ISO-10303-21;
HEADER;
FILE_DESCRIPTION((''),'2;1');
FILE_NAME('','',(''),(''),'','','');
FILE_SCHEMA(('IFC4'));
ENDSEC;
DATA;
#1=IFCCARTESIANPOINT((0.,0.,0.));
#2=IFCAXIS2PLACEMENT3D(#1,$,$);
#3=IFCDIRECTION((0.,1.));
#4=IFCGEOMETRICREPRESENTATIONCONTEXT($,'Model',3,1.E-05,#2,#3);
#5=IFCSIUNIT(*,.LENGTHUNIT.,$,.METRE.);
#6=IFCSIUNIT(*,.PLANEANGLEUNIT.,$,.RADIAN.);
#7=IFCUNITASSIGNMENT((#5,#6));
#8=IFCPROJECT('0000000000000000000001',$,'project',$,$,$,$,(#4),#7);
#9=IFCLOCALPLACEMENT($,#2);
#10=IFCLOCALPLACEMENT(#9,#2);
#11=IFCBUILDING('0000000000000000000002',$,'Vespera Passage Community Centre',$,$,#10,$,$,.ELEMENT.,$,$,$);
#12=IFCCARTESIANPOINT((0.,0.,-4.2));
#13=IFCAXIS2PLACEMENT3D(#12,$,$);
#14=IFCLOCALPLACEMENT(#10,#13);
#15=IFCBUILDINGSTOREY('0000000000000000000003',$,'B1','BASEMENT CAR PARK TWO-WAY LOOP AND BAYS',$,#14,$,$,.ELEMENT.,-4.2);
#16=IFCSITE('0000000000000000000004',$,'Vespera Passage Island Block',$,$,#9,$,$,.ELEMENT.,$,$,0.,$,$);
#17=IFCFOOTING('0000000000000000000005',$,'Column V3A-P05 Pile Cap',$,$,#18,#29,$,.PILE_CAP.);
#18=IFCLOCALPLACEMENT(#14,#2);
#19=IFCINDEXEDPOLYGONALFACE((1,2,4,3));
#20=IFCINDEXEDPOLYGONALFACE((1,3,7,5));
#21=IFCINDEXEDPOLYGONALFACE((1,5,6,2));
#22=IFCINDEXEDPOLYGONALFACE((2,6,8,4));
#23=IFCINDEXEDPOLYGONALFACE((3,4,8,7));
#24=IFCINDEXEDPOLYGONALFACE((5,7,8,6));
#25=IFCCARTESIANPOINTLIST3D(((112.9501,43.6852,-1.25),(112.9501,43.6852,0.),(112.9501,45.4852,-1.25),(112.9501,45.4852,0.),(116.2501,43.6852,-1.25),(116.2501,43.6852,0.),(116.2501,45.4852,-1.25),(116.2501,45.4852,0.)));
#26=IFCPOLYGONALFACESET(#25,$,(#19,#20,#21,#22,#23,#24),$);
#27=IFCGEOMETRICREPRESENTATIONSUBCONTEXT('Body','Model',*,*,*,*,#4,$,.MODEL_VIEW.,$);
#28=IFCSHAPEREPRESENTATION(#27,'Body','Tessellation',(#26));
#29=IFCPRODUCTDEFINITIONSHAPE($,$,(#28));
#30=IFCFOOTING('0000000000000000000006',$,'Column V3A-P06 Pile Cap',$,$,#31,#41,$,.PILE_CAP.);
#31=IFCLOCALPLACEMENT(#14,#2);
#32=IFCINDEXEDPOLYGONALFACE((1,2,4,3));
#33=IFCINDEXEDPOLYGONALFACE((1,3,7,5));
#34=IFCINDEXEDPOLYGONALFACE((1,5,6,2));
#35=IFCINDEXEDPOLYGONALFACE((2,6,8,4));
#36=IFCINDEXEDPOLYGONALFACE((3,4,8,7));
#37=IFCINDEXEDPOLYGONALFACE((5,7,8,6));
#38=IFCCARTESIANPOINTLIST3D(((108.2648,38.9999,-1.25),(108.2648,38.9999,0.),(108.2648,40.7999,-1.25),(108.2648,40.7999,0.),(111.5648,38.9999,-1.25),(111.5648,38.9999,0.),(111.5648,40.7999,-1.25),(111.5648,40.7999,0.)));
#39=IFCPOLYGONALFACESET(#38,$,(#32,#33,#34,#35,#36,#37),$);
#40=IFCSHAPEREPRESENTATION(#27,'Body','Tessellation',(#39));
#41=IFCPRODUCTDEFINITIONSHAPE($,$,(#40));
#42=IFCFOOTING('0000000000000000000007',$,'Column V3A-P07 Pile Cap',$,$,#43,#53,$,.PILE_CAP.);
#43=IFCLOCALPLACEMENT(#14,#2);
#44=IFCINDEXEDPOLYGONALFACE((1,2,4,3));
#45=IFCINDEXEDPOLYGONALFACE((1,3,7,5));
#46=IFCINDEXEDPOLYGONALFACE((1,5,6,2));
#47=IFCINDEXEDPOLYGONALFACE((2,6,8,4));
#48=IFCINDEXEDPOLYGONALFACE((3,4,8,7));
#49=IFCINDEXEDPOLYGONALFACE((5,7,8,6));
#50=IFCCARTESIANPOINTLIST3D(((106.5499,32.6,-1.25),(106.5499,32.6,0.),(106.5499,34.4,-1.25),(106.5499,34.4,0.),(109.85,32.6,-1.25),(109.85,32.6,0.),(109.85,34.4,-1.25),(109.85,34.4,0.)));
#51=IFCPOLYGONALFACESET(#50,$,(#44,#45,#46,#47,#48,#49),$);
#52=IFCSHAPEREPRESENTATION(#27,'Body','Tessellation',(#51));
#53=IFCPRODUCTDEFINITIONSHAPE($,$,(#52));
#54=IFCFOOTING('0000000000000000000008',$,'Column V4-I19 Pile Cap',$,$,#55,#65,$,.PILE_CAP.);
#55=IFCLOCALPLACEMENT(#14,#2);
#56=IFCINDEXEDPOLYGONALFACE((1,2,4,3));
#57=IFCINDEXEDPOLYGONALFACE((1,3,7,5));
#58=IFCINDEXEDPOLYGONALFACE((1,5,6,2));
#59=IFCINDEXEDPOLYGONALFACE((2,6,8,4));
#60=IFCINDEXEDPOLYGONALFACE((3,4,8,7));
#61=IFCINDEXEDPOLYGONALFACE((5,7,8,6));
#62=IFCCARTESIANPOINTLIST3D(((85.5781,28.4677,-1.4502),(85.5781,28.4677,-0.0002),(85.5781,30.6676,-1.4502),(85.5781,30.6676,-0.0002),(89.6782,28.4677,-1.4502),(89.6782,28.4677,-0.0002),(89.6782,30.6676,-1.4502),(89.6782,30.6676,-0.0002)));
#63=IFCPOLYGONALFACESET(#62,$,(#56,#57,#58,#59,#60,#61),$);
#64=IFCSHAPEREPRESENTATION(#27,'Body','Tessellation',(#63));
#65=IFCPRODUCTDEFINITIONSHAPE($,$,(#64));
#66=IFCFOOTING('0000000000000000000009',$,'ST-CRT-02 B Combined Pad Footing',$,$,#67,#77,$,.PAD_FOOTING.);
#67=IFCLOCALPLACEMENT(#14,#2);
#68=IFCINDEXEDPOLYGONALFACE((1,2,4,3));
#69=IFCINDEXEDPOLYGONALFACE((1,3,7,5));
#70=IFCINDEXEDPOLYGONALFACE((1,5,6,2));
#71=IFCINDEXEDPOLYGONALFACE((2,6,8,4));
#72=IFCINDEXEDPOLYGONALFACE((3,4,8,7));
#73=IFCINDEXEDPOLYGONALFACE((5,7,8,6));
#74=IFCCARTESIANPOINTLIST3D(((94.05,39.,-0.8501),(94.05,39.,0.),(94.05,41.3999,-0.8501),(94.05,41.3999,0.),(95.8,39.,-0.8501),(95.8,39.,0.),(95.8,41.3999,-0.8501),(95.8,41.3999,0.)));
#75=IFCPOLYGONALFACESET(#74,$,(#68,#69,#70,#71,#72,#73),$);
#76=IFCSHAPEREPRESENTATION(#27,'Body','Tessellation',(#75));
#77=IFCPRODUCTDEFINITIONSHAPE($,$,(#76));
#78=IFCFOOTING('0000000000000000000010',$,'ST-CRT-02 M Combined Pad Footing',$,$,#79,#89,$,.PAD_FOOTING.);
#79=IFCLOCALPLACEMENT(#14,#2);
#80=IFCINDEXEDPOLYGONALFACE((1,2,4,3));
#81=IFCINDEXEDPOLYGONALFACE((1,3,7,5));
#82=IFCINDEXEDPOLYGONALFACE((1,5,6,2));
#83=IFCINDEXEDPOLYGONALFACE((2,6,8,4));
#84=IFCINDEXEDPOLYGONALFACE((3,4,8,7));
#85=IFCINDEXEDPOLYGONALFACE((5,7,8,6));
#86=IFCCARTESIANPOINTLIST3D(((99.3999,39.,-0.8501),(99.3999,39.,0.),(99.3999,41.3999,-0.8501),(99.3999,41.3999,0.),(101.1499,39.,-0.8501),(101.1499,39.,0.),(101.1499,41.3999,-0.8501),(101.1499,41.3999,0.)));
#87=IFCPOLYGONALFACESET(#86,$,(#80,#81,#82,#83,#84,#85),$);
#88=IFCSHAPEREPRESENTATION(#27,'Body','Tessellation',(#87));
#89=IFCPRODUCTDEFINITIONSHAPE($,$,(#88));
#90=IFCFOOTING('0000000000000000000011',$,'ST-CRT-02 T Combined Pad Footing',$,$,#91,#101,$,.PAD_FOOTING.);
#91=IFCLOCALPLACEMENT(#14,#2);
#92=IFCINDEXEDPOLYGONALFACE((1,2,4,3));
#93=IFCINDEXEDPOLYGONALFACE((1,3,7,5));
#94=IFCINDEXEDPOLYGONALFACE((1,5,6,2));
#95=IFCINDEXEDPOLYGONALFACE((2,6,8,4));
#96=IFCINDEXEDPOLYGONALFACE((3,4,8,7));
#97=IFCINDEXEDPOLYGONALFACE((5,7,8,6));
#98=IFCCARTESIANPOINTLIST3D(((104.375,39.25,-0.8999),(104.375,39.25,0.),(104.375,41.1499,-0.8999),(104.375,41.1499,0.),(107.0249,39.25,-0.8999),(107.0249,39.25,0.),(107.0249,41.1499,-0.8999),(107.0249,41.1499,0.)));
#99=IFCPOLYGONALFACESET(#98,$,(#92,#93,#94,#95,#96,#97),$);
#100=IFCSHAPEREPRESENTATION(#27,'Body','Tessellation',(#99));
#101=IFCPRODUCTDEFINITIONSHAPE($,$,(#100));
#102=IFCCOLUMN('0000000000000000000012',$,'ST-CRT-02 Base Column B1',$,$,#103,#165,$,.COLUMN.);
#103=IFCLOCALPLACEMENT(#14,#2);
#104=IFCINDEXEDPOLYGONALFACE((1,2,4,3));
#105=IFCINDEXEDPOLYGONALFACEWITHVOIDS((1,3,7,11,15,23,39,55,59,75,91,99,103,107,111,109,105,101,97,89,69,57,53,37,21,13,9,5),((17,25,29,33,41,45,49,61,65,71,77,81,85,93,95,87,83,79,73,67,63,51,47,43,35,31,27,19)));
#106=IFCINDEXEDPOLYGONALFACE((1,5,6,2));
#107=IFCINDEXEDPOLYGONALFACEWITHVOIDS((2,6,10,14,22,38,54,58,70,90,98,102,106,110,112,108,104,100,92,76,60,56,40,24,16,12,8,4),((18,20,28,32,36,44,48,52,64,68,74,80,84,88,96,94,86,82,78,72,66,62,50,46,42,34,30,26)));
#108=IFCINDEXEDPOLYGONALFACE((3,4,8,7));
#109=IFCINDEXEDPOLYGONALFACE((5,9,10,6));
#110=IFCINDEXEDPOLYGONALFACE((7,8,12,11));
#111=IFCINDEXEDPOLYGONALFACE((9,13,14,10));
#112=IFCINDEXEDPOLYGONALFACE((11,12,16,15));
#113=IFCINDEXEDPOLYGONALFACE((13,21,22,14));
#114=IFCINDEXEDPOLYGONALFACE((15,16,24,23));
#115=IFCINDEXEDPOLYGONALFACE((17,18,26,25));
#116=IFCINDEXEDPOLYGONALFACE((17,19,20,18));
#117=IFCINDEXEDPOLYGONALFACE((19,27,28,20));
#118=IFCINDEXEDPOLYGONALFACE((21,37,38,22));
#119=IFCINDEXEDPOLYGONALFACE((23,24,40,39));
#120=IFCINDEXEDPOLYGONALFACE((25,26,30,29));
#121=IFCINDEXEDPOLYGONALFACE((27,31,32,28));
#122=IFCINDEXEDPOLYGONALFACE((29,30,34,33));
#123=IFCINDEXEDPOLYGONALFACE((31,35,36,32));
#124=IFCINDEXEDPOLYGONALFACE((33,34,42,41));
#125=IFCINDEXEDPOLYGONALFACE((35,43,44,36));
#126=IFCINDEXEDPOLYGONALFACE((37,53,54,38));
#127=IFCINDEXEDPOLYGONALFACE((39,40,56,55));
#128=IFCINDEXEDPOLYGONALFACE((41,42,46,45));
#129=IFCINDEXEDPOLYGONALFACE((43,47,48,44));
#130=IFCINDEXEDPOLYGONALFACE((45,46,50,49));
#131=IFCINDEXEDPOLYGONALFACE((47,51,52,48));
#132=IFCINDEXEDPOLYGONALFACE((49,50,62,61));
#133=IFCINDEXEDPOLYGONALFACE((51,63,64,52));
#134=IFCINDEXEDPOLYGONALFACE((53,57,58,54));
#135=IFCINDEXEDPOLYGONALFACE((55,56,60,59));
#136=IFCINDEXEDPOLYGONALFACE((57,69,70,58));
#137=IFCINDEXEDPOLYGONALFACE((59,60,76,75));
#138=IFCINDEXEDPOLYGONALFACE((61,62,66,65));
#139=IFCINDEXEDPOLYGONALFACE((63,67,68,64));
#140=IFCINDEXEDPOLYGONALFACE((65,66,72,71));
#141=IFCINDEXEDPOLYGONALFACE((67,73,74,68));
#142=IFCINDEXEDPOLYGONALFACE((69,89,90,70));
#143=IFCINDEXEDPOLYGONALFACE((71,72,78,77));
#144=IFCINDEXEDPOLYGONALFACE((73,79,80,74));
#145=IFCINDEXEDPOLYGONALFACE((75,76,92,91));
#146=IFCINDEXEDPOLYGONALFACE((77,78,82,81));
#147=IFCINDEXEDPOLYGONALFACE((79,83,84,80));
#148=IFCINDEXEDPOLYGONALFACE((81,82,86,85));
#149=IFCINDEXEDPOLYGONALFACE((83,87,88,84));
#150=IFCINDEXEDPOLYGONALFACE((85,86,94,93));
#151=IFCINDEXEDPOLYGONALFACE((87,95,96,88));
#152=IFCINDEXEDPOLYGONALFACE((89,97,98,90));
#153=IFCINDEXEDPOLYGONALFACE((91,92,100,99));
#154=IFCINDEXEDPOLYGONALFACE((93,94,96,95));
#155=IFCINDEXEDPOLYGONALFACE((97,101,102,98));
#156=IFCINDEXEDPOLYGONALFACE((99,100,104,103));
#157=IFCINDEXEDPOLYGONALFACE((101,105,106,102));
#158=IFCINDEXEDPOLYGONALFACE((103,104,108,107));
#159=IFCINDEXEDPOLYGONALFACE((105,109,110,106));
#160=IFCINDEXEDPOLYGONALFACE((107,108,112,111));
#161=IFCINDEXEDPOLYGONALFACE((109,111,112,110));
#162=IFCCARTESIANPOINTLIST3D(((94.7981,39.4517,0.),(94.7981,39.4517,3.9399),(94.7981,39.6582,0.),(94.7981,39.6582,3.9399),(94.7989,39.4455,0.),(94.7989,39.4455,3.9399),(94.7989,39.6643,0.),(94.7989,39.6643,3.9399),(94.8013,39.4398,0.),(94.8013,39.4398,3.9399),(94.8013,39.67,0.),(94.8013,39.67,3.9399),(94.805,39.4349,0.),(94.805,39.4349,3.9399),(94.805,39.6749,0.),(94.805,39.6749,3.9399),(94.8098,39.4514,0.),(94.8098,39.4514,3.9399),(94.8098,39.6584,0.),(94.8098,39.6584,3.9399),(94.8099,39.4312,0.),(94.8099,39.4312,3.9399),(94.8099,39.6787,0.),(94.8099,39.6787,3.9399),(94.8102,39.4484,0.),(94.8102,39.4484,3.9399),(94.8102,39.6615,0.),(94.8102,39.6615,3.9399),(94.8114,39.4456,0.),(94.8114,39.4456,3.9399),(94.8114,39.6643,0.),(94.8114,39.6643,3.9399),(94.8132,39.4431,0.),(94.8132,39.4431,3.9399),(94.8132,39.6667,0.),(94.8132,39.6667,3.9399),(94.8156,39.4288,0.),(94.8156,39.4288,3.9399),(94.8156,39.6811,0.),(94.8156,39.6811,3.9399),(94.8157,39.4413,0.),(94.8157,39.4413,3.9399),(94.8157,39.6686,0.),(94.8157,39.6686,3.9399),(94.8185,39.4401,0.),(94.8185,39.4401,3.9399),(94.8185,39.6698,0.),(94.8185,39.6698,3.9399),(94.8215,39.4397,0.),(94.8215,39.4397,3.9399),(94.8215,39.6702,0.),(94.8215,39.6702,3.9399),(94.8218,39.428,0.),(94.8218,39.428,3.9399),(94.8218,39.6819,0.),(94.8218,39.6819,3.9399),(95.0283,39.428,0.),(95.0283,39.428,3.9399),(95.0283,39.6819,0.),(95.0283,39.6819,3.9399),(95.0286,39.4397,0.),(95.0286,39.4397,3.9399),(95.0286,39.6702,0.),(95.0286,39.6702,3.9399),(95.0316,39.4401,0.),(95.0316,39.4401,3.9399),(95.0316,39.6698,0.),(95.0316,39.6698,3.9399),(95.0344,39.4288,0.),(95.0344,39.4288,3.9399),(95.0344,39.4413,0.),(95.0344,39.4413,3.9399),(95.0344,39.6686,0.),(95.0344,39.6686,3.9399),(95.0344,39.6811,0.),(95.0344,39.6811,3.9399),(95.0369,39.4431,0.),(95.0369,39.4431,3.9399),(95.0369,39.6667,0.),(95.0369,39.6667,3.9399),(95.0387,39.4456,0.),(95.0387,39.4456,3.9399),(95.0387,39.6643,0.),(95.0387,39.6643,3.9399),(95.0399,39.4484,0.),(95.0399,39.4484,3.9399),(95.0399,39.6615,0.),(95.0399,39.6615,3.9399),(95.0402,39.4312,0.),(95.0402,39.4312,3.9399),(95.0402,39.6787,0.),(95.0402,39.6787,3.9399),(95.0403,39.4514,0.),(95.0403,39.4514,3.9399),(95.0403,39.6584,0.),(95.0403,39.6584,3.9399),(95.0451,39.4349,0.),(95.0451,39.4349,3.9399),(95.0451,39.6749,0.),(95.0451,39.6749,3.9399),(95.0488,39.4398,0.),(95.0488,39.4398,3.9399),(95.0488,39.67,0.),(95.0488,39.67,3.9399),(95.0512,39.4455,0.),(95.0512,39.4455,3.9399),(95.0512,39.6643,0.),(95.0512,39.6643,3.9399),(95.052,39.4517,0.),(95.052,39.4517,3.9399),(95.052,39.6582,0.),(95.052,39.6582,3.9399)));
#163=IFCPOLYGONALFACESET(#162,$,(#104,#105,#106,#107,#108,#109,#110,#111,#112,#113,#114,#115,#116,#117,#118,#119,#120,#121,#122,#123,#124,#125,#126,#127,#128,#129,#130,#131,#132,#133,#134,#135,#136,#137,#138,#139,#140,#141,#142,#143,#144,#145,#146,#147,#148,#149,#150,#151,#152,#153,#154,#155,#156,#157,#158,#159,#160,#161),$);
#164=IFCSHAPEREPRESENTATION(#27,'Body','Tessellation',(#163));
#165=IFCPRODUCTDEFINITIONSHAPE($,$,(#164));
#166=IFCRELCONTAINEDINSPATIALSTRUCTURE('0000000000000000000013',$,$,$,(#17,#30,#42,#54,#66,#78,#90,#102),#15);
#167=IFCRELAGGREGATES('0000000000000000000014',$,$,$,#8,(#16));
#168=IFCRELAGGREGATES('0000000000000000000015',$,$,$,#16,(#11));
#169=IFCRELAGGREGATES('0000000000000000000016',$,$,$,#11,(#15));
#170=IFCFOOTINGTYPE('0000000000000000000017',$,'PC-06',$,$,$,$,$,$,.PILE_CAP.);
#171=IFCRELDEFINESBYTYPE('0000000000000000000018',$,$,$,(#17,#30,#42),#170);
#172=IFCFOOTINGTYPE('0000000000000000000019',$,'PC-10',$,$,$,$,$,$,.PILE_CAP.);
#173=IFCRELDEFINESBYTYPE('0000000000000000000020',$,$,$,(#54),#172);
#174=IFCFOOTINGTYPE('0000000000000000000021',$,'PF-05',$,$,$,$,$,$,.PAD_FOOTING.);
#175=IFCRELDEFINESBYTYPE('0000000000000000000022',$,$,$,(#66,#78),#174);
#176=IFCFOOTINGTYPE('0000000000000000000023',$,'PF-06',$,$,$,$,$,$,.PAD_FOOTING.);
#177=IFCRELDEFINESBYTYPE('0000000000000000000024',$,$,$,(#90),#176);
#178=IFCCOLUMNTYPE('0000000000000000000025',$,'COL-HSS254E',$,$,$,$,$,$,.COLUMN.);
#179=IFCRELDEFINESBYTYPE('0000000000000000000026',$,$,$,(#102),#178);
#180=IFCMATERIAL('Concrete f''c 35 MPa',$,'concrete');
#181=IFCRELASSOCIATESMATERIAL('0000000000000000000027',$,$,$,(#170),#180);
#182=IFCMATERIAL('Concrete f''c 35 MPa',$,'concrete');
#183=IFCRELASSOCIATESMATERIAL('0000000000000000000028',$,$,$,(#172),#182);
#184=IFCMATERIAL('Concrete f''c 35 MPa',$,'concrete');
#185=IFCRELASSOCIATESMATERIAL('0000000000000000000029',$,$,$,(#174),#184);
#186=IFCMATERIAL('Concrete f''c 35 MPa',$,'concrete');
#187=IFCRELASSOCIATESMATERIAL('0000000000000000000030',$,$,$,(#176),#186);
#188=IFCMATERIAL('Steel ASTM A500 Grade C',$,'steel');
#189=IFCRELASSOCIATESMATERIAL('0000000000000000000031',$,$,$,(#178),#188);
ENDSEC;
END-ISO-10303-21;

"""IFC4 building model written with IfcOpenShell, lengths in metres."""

from ifc_helpers import new_model, si_unit, direction, frame, origin, origin_2d, place, context, subcontext, project, spatial, rectangle, hollow_rectangle, extrude, material, material_profile, profile_set, type_object, element, save


model = new_model("IFC4")

# Units and contexts
model_context = context("Model", 3, precision=1e-05, world=origin(), true_north=direction((0.0, 1.0)))
body_context = subcontext(model_context, "Body", "Model", "MODEL_VIEW")
ifc_project = project(units=[si_unit("LENGTHUNIT", "METRE"), si_unit("PLANEANGLEUNIT", "RADIAN")], contexts=[model_context])

# Site, building, storey
site_placement = place(None, origin())
site = spatial("IfcSite", under=ifc_project, at=site_placement, Name="Vespera Passage Island Block", CompositionType="ELEMENT", RefElevation=0.0)
building_placement = place(site_placement, origin())
building = spatial("IfcBuilding", under=site, at=building_placement, Name="Vespera Passage Community Centre", CompositionType="ELEMENT")
storey_placement = place(building_placement, frame((0.0, 0.0, -4.2)))
storey = spatial("IfcBuildingStorey", under=building, at=storey_placement, Name="B1", Description="BASEMENT CAR PARK TWO-WAY LOOP AND BAYS", CompositionType="ELEMENT", Elevation=-4.2)

# Footings
ifc_material_1 = material(Name="Concrete f'c 35 MPa", Category="concrete")
footing_type_1 = type_object("IfcFootingType", Name="PC-06", PredefinedType="PILE_CAP", material=ifc_material_1)
for number, where, z_axis, x_axis, name in (
    (1, (114.6001, 44.5852, -1.25), (0.0, 0.0, 1.0), (1.0, 0.0, 0.0), "Column V3A-P05 Pile Cap"),
    (2, (109.9148, 39.8999, -1.25), (0.0, 0.0, 1.0), (1.0, 0.0, 0.0), "Column V3A-P06 Pile Cap"),
    (3, (108.2, 33.5, -1.25), (0.0, 0.0, 1.0), (1.0, 0.0, 0.0), "Column V3A-P07 Pile Cap"),
):
    element("IfcFooting", number, at=place(storey_placement, frame(where, z_axis=z_axis, x_axis=x_axis)), inside=storey, type_object=footing_type_1, Name=name, PredefinedType="PILE_CAP", context=body_context, shape_type="SweptSolid", body=[
        extrude(rectangle(XDim=3.3, YDim=1.8, at=origin_2d()), origin(), (0.0, 0.0, 1.0), 1.25),
    ])
ifc_material_2 = material(Name="Concrete f'c 35 MPa", Category="concrete")
footing_type_2 = type_object("IfcFootingType", Name="PC-10", PredefinedType="PILE_CAP", material=ifc_material_2)
footing_1_placement = place(storey_placement, frame((87.6282, 29.5676, -1.4502), z_axis=(0.0, 0.0, 1.0), x_axis=(1.0, 0.0, 0.0)))
element("IfcFooting", 4, at=footing_1_placement, inside=storey, type_object=footing_type_2, Name="Column V4-I19 Pile Cap", PredefinedType="PILE_CAP", context=body_context, shape_type="SweptSolid", body=[
    extrude(rectangle(XDim=4.1001, YDim=2.2, at=origin_2d()), origin(), (0.0, 0.0, 1.0), 1.45),
])
ifc_material_3 = material(Name="Concrete f'c 35 MPa", Category="concrete")
footing_type_3 = type_object("IfcFootingType", Name="PF-05", PredefinedType="PAD_FOOTING", material=ifc_material_3)
for number, where, z_axis, x_axis, name in (
    (5, (94.925, 40.2, -0.8501), (0.0, 0.0, 1.0), (0.0, 1.0, 0.0), "ST-CRT-02 B Combined Pad Footing"),
    (6, (100.2749, 40.2, -0.8501), (0.0, 0.0, 1.0), (0.0, 1.0, 0.0), "ST-CRT-02 M Combined Pad Footing"),
):
    element("IfcFooting", number, at=place(storey_placement, frame(where, z_axis=z_axis, x_axis=x_axis)), inside=storey, type_object=footing_type_3, Name=name, PredefinedType="PAD_FOOTING", context=body_context, shape_type="SweptSolid", body=[
        extrude(rectangle(XDim=2.3999, YDim=1.75, at=origin_2d()), origin(), (0.0, 0.0, 1.0), 0.8501),
    ])
ifc_material_4 = material(Name="Concrete f'c 35 MPa", Category="concrete")
footing_type_4 = type_object("IfcFootingType", Name="PF-06", PredefinedType="PAD_FOOTING", material=ifc_material_4)
footing_2_placement = place(storey_placement, frame((105.7, 40.2, -0.8999), z_axis=(0.0, 0.0, 1.0), x_axis=(1.0, 0.0, 0.0)))
element("IfcFooting", 7, at=footing_2_placement, inside=storey, type_object=footing_type_4, Name="ST-CRT-02 T Combined Pad Footing", PredefinedType="PAD_FOOTING", context=body_context, shape_type="SweptSolid", body=[
    extrude(rectangle(XDim=2.6499, YDim=1.8999, at=origin_2d()), origin(), (0.0, 0.0, 1.0), 0.8999),
])

# Column
ifc_material_5 = material(Name="Steel ASTM A500 Grade C", Category="steel")
ifc_material_profile_1 = material_profile(ifc_material_5, hollow_rectangle(XDim=0.2539, YDim=0.2539, WallThickness=0.0117, InnerFilletRadius=0.0117, OuterFilletRadius=0.0237, at=origin_2d()), Name="HSS254X254X12.7")
ifc_profile_set_1 = profile_set([ifc_material_profile_1], Name="Steel ASTM A500 Grade C")
column_type_1 = type_object("IfcColumnType", Name="COL-HSS254E", PredefinedType="COLUMN", material=ifc_profile_set_1)
for number, where, z_axis, x_axis, name in (
    (8, (94.925, 39.5549, 0.0), (0.0, 0.0, 1.0), (1.0, 0.0, 0.0), "ST-CRT-02 Base Column B1"),
):
    element("IfcColumn", number, at=place(storey_placement, frame(where, z_axis=z_axis, x_axis=x_axis)), inside=storey, type_object=column_type_1, Name=name, PredefinedType="COLUMN", context=body_context, shape_type="SweptSolid", body=[
        extrude(hollow_rectangle(XDim=0.2539, YDim=0.2539, WallThickness=0.0117, InnerFilletRadius=0.0117, OuterFilletRadius=0.0237, at=origin_2d()), origin(), (0.0, 0.0, 1.0), 3.9399),
    ])

save(model, "model.ifc")
